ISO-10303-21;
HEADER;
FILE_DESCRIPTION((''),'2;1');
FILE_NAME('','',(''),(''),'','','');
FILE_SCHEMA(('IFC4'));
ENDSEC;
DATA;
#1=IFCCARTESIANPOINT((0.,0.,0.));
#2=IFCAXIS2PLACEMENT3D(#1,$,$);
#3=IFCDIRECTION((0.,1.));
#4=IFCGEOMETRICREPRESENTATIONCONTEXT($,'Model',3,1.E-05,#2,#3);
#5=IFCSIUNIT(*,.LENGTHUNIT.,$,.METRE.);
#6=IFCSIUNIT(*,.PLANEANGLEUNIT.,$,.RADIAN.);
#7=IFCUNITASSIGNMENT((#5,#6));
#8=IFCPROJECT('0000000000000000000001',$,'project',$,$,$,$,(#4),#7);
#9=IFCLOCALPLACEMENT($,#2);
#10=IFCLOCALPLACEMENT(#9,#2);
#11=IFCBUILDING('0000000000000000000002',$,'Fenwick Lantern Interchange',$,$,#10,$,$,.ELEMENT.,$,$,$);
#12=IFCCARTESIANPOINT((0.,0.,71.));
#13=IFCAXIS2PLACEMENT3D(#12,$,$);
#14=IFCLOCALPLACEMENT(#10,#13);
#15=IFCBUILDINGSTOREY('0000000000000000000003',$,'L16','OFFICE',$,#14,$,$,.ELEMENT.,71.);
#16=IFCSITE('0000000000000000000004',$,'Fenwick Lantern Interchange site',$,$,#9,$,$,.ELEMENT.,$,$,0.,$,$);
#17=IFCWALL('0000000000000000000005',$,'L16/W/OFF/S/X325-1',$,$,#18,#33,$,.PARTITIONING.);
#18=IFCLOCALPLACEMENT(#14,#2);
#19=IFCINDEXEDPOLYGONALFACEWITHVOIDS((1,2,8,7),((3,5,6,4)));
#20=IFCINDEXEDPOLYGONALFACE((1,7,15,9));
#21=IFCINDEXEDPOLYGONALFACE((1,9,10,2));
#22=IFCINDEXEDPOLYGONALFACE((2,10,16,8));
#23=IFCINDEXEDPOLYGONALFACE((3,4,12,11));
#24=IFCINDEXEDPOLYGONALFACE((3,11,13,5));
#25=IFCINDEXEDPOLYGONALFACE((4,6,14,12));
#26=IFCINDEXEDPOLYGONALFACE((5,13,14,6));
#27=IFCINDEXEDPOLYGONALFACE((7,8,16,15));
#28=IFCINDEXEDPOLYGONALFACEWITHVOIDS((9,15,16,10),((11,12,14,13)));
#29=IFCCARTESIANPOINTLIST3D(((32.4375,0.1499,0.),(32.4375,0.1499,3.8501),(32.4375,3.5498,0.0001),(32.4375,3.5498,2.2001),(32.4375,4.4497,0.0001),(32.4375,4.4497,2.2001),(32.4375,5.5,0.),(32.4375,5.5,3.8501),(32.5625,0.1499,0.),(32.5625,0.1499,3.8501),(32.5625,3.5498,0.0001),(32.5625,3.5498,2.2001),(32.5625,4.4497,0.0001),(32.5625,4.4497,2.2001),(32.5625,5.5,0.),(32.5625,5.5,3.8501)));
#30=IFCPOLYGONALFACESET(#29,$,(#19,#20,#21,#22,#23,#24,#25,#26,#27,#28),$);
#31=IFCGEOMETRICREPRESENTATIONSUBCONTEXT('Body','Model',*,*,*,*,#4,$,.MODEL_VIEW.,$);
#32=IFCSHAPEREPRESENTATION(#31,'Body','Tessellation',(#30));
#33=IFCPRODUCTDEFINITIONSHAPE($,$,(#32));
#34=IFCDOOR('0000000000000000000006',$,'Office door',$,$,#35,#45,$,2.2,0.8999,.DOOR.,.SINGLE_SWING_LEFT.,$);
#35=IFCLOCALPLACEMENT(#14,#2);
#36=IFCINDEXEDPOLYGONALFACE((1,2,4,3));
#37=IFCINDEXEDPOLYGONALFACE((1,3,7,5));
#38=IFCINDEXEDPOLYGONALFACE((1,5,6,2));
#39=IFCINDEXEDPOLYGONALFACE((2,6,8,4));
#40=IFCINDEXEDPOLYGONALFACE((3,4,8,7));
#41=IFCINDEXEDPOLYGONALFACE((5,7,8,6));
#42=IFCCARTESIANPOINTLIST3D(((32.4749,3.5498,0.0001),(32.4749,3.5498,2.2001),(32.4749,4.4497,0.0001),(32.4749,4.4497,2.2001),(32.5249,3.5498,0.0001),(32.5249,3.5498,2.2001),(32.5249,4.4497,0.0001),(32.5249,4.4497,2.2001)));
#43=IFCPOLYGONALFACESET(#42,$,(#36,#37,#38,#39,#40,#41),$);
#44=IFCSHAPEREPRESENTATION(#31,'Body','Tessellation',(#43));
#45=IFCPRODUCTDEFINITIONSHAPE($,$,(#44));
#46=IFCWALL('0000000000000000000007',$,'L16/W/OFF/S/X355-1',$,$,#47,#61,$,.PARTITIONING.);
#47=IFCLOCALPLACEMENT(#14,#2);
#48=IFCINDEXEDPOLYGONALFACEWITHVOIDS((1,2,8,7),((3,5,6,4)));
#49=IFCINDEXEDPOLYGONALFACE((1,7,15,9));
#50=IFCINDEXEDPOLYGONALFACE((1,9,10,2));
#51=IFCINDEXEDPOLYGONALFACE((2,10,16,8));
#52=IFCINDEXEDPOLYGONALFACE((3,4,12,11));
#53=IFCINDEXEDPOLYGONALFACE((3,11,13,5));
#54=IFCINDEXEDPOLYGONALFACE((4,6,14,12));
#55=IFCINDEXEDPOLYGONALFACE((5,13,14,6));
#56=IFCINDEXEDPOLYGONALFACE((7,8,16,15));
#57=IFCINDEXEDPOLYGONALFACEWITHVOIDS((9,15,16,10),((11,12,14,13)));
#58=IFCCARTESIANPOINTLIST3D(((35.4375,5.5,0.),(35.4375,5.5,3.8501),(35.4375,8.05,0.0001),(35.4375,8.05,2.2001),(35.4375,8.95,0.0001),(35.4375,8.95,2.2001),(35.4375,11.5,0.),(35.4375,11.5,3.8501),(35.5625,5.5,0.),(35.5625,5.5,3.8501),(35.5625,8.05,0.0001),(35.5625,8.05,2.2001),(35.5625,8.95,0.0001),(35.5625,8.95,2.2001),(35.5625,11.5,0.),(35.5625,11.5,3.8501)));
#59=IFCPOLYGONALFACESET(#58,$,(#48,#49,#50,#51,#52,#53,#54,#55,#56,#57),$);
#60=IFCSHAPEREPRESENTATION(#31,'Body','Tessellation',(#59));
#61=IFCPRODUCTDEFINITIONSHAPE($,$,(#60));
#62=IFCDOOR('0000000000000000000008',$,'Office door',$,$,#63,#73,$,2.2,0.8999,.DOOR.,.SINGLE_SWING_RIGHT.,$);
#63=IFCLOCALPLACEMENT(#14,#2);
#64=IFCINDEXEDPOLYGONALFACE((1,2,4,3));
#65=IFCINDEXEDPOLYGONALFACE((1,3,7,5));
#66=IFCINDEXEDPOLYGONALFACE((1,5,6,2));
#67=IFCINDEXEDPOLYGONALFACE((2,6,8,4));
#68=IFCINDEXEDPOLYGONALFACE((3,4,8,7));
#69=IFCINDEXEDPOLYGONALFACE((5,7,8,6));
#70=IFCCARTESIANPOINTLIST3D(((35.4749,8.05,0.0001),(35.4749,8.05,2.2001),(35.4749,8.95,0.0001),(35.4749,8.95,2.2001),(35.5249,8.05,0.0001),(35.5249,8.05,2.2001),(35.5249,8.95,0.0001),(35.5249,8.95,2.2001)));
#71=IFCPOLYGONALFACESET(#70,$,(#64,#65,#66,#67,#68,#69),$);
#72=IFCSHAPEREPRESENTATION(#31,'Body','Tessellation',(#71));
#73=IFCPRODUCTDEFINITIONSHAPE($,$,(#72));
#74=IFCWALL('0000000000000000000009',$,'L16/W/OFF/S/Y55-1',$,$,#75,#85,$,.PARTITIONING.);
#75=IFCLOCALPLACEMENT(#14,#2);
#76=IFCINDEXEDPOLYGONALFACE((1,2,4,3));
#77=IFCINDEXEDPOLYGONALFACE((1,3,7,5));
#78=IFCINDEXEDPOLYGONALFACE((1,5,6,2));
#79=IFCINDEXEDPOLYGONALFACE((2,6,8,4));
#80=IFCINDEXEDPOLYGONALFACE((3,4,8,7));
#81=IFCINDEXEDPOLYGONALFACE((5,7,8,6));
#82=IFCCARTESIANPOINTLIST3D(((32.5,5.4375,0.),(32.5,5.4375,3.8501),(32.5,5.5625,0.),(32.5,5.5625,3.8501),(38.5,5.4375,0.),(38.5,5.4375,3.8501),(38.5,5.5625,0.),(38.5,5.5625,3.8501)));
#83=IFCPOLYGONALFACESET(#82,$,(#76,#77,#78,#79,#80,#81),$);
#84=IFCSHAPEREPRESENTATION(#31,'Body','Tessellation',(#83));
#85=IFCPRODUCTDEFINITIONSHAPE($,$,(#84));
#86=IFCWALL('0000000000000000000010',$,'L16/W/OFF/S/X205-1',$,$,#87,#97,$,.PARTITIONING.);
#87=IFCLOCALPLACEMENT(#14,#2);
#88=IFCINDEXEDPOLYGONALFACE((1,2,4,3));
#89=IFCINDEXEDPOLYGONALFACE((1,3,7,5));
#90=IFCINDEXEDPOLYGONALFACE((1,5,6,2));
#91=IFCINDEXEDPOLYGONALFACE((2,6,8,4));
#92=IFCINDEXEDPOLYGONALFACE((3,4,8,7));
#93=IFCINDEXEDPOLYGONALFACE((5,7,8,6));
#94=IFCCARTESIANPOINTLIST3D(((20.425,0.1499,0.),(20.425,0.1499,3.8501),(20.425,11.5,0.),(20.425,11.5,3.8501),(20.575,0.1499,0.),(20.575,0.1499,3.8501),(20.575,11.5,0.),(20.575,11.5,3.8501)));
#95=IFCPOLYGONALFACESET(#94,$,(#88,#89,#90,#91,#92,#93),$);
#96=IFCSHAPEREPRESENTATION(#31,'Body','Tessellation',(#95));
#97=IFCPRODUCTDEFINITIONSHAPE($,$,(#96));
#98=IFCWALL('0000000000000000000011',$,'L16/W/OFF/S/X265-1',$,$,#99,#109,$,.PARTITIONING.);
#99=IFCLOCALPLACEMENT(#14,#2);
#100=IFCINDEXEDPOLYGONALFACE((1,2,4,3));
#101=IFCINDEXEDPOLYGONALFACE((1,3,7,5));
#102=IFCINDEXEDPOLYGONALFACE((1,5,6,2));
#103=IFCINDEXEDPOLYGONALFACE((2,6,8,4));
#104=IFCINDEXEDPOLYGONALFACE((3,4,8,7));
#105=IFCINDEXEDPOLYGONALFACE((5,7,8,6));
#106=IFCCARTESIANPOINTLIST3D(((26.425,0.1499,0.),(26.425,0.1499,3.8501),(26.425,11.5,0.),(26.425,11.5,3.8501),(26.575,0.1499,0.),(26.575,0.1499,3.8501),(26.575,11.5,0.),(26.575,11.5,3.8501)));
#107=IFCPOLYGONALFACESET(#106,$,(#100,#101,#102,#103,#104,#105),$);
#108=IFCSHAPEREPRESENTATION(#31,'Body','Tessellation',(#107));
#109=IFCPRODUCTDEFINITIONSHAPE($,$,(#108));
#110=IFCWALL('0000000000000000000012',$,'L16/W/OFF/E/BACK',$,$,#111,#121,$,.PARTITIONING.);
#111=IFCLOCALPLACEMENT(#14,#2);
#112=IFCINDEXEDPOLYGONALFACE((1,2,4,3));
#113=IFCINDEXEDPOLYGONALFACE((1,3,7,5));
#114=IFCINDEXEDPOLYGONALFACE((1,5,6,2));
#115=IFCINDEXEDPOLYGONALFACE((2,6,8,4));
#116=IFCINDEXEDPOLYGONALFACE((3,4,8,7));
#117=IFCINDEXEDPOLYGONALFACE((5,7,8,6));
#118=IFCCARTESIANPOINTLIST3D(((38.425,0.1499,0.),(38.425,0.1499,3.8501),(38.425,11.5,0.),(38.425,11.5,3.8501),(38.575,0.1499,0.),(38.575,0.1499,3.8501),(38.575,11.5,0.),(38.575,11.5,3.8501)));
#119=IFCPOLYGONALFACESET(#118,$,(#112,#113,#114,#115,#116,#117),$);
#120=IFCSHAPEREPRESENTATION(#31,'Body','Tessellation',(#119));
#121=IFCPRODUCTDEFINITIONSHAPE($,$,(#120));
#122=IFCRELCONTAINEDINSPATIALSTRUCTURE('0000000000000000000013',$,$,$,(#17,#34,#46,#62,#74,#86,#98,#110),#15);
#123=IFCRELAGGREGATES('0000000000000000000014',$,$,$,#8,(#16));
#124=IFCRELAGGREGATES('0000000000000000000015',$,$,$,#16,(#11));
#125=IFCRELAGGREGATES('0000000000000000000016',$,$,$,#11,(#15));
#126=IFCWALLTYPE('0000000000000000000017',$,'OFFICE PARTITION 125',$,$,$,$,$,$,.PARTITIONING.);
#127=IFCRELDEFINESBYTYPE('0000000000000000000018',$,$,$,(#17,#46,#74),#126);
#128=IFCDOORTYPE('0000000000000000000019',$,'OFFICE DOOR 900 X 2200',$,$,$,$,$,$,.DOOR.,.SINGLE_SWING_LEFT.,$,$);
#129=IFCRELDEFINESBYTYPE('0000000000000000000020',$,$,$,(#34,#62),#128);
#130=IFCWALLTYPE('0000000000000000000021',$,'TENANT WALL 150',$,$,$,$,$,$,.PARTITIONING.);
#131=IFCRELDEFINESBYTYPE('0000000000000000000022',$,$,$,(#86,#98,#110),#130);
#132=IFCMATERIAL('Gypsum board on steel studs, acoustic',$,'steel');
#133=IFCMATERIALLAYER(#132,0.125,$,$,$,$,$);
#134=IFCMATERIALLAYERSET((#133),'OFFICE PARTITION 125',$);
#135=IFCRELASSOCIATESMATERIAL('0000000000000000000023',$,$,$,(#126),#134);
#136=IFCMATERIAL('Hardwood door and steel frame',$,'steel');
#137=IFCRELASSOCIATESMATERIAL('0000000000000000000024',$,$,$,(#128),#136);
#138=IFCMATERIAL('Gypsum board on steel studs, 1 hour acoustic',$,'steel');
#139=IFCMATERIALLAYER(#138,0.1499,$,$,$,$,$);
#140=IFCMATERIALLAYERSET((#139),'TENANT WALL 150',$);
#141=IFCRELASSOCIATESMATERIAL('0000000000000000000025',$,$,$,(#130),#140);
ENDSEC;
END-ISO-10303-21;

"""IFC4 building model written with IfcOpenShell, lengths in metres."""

from ifc_helpers import new_model, si_unit, direction, frame, frame_2d, origin, place, context, subcontext, project, spatial, rectangle, extrude, material, layer, layer_set, type_object, element, fill, save


model = new_model("IFC4")

# Units and contexts
model_context = context("Model", 3, precision=1e-05, world=origin(), true_north=direction((0.0, 1.0)))
body_context = subcontext(model_context, "Body", "Model", "MODEL_VIEW")
ifc_project = project(units=[si_unit("LENGTHUNIT", "METRE"), si_unit("PLANEANGLEUNIT", "RADIAN")], contexts=[model_context])

# Site, building, storey
site_placement = place(None, origin())
site = spatial("IfcSite", under=ifc_project, at=site_placement, Name="Fenwick Lantern Interchange site", CompositionType="ELEMENT", RefElevation=0.0)
building_placement = place(site_placement, origin())
building = spatial("IfcBuilding", under=site, at=building_placement, Name="Fenwick Lantern Interchange", CompositionType="ELEMENT")
storey_placement = place(building_placement, frame((0.0, 0.0, 71.0)))
storey = spatial("IfcBuildingStorey", under=building, at=storey_placement, Name="L16", Description="OFFICE", CompositionType="ELEMENT", Elevation=71.0)

# Walls, openings, doors
ifc_material_1 = material(Name="Gypsum board on steel studs, acoustic", Category="steel")
ifc_layer_1 = layer(ifc_material_1, 0.125)
ifc_layer_set_1 = layer_set([ifc_layer_1], Name="OFFICE PARTITION 125")
wall_type_1 = type_object("IfcWallType", Name="OFFICE PARTITION 125", PredefinedType="PARTITIONING", material=ifc_layer_set_1)
wall_1_placement = place(storey_placement, frame((32.5, 0.1499, 0.0), z_axis=(0.0, 0.0, 1.0), x_axis=(0.0, 1.0, 0.0)))
wall_1 = element("IfcWall", 1, at=wall_1_placement, inside=storey, type_object=wall_type_1, Name="L16/W/OFF/S/X325-1", PredefinedType="PARTITIONING", context=body_context, shape_type="SweptSolid", body=[
    extrude(rectangle(XDim=5.3501, YDim=0.125, at=frame_2d((2.675, 0.0))), origin(), (0.0, 0.0, 1.0), 3.8501),
])
opening_1_placement = place(wall_1_placement, frame((3.3999, 0.0, 0.0)))
opening_1 = element("IfcOpeningElement", 2, at=opening_1_placement, cuts=wall_1, PredefinedType="OPENING", context=body_context, shape_type="SweptSolid", body=[
    extrude(rectangle(XDim=0.8999, YDim=2.2, at=frame_2d((0.45, 1.1001))), frame((0.0, 0.0725, 0.0), z_axis=(0.0, -1.0, 0.0), x_axis=(1.0, 0.0, 0.0)), (0.0, 0.0, 1.0), 0.145),
])
ifc_material_2 = material(Name="Hardwood door and steel frame", Category="steel")
door_type = type_object("IfcDoorType", Name="OFFICE DOOR 900 X 2200", OperationType="SINGLE_SWING_LEFT", PredefinedType="DOOR", material=ifc_material_2)
door_1_placement = place(opening_1_placement, frame((0.8999, 0.0, 0.0), z_axis=(0.0, 0.0, 1.0), x_axis=(-1.0, 0.0, 0.0)))
door_1 = element("IfcDoor", 3, at=door_1_placement, inside=storey, type_object=door_type, Name="Office door", OperationType="SINGLE_SWING_LEFT", OverallHeight=2.2, OverallWidth=0.8999, PredefinedType="DOOR", context=body_context, shape_type="SweptSolid", body=[
    extrude(rectangle(XDim=0.8999, YDim=2.2, at=frame_2d((0.45, 1.1001))), frame((0.0, 0.0249, 0.0), z_axis=(0.0, -1.0, 0.0), x_axis=(1.0, 0.0, 0.0)), (0.0, 0.0, 1.0), 0.05),
])
fill(opening_1, door_1)
wall_2_placement = place(storey_placement, frame((35.5, 5.5, 0.0), z_axis=(0.0, 0.0, 1.0), x_axis=(0.0, 1.0, 0.0)))
wall_2 = element("IfcWall", 4, at=wall_2_placement, inside=storey, type_object=wall_type_1, Name="L16/W/OFF/S/X355-1", PredefinedType="PARTITIONING", context=body_context, shape_type="SweptSolid", body=[
    extrude(rectangle(XDim=6.0, YDim=0.125, at=frame_2d((3.0, 0.0))), origin(), (0.0, 0.0, 1.0), 3.8501),
])
opening_2_placement = place(wall_2_placement, frame((2.55, 0.0, 0.0)))
opening_2 = element("IfcOpeningElement", 5, at=opening_2_placement, cuts=wall_2, PredefinedType="OPENING", context=body_context, shape_type="SweptSolid", body=[
    extrude(rectangle(XDim=0.8999, YDim=2.2, at=frame_2d((0.45, 1.1001))), frame((0.0, 0.0725, 0.0), z_axis=(0.0, -1.0, 0.0), x_axis=(1.0, 0.0, 0.0)), (0.0, 0.0, 1.0), 0.145),
])
door_2_placement = place(opening_2_placement, frame((0.8999, 0.0, 0.0), z_axis=(0.0, 0.0, 1.0), x_axis=(-1.0, 0.0, 0.0)))
door_2 = element("IfcDoor", 6, at=door_2_placement, inside=storey, type_object=door_type, Name="Office door", OperationType="SINGLE_SWING_RIGHT", OverallHeight=2.2, OverallWidth=0.8999, PredefinedType="DOOR", context=body_context, shape_type="SweptSolid", body=[
    extrude(rectangle(XDim=0.8999, YDim=2.2, at=frame_2d((0.45, 1.1001))), frame((0.0, 0.0249, 0.0), z_axis=(0.0, -1.0, 0.0), x_axis=(1.0, 0.0, 0.0)), (0.0, 0.0, 1.0), 0.05),
])
fill(opening_2, door_2)

# Walls
wall_3_placement = place(storey_placement, frame((32.5, 5.5, 0.0), z_axis=(0.0, 0.0, 1.0), x_axis=(1.0, 0.0, 0.0)))
element("IfcWall", 7, at=wall_3_placement, inside=storey, type_object=wall_type_1, Name="L16/W/OFF/S/Y55-1", PredefinedType="PARTITIONING", context=body_context, shape_type="SweptSolid", body=[
    extrude(rectangle(XDim=6.0, YDim=0.125, at=frame_2d((3.0, 0.0))), origin(), (0.0, 0.0, 1.0), 3.8501),
])
ifc_material_3 = material(Name="Gypsum board on steel studs, 1 hour acoustic", Category="steel")
ifc_layer_2 = layer(ifc_material_3, 0.1499)
ifc_layer_set_2 = layer_set([ifc_layer_2], Name="TENANT WALL 150")
wall_type_2 = type_object("IfcWallType", Name="TENANT WALL 150", PredefinedType="PARTITIONING", material=ifc_layer_set_2)
for number, where, z_axis, x_axis, name in (
    (8, (20.5, 0.1499, 0.0), (0.0, 0.0, 1.0), (0.0, 1.0, 0.0), "L16/W/OFF/S/X205-1"),
    (9, (26.5, 0.1499, 0.0), (0.0, 0.0, 1.0), (0.0, 1.0, 0.0), "L16/W/OFF/S/X265-1"),
    (10, (38.5, 0.1499, 0.0), (0.0, 0.0, 1.0), (0.0, 1.0, 0.0), "L16/W/OFF/E/BACK"),
):
    element("IfcWall", number, at=place(storey_placement, frame(where, z_axis=z_axis, x_axis=x_axis)), inside=storey, type_object=wall_type_2, Name=name, PredefinedType="PARTITIONING", context=body_context, shape_type="SweptSolid", body=[
        extrude(rectangle(XDim=11.3501, YDim=0.1499, at=frame_2d((5.675, 0.0))), origin(), (0.0, 0.0, 1.0), 3.8501),
    ])

save(model, "model.ifc")
